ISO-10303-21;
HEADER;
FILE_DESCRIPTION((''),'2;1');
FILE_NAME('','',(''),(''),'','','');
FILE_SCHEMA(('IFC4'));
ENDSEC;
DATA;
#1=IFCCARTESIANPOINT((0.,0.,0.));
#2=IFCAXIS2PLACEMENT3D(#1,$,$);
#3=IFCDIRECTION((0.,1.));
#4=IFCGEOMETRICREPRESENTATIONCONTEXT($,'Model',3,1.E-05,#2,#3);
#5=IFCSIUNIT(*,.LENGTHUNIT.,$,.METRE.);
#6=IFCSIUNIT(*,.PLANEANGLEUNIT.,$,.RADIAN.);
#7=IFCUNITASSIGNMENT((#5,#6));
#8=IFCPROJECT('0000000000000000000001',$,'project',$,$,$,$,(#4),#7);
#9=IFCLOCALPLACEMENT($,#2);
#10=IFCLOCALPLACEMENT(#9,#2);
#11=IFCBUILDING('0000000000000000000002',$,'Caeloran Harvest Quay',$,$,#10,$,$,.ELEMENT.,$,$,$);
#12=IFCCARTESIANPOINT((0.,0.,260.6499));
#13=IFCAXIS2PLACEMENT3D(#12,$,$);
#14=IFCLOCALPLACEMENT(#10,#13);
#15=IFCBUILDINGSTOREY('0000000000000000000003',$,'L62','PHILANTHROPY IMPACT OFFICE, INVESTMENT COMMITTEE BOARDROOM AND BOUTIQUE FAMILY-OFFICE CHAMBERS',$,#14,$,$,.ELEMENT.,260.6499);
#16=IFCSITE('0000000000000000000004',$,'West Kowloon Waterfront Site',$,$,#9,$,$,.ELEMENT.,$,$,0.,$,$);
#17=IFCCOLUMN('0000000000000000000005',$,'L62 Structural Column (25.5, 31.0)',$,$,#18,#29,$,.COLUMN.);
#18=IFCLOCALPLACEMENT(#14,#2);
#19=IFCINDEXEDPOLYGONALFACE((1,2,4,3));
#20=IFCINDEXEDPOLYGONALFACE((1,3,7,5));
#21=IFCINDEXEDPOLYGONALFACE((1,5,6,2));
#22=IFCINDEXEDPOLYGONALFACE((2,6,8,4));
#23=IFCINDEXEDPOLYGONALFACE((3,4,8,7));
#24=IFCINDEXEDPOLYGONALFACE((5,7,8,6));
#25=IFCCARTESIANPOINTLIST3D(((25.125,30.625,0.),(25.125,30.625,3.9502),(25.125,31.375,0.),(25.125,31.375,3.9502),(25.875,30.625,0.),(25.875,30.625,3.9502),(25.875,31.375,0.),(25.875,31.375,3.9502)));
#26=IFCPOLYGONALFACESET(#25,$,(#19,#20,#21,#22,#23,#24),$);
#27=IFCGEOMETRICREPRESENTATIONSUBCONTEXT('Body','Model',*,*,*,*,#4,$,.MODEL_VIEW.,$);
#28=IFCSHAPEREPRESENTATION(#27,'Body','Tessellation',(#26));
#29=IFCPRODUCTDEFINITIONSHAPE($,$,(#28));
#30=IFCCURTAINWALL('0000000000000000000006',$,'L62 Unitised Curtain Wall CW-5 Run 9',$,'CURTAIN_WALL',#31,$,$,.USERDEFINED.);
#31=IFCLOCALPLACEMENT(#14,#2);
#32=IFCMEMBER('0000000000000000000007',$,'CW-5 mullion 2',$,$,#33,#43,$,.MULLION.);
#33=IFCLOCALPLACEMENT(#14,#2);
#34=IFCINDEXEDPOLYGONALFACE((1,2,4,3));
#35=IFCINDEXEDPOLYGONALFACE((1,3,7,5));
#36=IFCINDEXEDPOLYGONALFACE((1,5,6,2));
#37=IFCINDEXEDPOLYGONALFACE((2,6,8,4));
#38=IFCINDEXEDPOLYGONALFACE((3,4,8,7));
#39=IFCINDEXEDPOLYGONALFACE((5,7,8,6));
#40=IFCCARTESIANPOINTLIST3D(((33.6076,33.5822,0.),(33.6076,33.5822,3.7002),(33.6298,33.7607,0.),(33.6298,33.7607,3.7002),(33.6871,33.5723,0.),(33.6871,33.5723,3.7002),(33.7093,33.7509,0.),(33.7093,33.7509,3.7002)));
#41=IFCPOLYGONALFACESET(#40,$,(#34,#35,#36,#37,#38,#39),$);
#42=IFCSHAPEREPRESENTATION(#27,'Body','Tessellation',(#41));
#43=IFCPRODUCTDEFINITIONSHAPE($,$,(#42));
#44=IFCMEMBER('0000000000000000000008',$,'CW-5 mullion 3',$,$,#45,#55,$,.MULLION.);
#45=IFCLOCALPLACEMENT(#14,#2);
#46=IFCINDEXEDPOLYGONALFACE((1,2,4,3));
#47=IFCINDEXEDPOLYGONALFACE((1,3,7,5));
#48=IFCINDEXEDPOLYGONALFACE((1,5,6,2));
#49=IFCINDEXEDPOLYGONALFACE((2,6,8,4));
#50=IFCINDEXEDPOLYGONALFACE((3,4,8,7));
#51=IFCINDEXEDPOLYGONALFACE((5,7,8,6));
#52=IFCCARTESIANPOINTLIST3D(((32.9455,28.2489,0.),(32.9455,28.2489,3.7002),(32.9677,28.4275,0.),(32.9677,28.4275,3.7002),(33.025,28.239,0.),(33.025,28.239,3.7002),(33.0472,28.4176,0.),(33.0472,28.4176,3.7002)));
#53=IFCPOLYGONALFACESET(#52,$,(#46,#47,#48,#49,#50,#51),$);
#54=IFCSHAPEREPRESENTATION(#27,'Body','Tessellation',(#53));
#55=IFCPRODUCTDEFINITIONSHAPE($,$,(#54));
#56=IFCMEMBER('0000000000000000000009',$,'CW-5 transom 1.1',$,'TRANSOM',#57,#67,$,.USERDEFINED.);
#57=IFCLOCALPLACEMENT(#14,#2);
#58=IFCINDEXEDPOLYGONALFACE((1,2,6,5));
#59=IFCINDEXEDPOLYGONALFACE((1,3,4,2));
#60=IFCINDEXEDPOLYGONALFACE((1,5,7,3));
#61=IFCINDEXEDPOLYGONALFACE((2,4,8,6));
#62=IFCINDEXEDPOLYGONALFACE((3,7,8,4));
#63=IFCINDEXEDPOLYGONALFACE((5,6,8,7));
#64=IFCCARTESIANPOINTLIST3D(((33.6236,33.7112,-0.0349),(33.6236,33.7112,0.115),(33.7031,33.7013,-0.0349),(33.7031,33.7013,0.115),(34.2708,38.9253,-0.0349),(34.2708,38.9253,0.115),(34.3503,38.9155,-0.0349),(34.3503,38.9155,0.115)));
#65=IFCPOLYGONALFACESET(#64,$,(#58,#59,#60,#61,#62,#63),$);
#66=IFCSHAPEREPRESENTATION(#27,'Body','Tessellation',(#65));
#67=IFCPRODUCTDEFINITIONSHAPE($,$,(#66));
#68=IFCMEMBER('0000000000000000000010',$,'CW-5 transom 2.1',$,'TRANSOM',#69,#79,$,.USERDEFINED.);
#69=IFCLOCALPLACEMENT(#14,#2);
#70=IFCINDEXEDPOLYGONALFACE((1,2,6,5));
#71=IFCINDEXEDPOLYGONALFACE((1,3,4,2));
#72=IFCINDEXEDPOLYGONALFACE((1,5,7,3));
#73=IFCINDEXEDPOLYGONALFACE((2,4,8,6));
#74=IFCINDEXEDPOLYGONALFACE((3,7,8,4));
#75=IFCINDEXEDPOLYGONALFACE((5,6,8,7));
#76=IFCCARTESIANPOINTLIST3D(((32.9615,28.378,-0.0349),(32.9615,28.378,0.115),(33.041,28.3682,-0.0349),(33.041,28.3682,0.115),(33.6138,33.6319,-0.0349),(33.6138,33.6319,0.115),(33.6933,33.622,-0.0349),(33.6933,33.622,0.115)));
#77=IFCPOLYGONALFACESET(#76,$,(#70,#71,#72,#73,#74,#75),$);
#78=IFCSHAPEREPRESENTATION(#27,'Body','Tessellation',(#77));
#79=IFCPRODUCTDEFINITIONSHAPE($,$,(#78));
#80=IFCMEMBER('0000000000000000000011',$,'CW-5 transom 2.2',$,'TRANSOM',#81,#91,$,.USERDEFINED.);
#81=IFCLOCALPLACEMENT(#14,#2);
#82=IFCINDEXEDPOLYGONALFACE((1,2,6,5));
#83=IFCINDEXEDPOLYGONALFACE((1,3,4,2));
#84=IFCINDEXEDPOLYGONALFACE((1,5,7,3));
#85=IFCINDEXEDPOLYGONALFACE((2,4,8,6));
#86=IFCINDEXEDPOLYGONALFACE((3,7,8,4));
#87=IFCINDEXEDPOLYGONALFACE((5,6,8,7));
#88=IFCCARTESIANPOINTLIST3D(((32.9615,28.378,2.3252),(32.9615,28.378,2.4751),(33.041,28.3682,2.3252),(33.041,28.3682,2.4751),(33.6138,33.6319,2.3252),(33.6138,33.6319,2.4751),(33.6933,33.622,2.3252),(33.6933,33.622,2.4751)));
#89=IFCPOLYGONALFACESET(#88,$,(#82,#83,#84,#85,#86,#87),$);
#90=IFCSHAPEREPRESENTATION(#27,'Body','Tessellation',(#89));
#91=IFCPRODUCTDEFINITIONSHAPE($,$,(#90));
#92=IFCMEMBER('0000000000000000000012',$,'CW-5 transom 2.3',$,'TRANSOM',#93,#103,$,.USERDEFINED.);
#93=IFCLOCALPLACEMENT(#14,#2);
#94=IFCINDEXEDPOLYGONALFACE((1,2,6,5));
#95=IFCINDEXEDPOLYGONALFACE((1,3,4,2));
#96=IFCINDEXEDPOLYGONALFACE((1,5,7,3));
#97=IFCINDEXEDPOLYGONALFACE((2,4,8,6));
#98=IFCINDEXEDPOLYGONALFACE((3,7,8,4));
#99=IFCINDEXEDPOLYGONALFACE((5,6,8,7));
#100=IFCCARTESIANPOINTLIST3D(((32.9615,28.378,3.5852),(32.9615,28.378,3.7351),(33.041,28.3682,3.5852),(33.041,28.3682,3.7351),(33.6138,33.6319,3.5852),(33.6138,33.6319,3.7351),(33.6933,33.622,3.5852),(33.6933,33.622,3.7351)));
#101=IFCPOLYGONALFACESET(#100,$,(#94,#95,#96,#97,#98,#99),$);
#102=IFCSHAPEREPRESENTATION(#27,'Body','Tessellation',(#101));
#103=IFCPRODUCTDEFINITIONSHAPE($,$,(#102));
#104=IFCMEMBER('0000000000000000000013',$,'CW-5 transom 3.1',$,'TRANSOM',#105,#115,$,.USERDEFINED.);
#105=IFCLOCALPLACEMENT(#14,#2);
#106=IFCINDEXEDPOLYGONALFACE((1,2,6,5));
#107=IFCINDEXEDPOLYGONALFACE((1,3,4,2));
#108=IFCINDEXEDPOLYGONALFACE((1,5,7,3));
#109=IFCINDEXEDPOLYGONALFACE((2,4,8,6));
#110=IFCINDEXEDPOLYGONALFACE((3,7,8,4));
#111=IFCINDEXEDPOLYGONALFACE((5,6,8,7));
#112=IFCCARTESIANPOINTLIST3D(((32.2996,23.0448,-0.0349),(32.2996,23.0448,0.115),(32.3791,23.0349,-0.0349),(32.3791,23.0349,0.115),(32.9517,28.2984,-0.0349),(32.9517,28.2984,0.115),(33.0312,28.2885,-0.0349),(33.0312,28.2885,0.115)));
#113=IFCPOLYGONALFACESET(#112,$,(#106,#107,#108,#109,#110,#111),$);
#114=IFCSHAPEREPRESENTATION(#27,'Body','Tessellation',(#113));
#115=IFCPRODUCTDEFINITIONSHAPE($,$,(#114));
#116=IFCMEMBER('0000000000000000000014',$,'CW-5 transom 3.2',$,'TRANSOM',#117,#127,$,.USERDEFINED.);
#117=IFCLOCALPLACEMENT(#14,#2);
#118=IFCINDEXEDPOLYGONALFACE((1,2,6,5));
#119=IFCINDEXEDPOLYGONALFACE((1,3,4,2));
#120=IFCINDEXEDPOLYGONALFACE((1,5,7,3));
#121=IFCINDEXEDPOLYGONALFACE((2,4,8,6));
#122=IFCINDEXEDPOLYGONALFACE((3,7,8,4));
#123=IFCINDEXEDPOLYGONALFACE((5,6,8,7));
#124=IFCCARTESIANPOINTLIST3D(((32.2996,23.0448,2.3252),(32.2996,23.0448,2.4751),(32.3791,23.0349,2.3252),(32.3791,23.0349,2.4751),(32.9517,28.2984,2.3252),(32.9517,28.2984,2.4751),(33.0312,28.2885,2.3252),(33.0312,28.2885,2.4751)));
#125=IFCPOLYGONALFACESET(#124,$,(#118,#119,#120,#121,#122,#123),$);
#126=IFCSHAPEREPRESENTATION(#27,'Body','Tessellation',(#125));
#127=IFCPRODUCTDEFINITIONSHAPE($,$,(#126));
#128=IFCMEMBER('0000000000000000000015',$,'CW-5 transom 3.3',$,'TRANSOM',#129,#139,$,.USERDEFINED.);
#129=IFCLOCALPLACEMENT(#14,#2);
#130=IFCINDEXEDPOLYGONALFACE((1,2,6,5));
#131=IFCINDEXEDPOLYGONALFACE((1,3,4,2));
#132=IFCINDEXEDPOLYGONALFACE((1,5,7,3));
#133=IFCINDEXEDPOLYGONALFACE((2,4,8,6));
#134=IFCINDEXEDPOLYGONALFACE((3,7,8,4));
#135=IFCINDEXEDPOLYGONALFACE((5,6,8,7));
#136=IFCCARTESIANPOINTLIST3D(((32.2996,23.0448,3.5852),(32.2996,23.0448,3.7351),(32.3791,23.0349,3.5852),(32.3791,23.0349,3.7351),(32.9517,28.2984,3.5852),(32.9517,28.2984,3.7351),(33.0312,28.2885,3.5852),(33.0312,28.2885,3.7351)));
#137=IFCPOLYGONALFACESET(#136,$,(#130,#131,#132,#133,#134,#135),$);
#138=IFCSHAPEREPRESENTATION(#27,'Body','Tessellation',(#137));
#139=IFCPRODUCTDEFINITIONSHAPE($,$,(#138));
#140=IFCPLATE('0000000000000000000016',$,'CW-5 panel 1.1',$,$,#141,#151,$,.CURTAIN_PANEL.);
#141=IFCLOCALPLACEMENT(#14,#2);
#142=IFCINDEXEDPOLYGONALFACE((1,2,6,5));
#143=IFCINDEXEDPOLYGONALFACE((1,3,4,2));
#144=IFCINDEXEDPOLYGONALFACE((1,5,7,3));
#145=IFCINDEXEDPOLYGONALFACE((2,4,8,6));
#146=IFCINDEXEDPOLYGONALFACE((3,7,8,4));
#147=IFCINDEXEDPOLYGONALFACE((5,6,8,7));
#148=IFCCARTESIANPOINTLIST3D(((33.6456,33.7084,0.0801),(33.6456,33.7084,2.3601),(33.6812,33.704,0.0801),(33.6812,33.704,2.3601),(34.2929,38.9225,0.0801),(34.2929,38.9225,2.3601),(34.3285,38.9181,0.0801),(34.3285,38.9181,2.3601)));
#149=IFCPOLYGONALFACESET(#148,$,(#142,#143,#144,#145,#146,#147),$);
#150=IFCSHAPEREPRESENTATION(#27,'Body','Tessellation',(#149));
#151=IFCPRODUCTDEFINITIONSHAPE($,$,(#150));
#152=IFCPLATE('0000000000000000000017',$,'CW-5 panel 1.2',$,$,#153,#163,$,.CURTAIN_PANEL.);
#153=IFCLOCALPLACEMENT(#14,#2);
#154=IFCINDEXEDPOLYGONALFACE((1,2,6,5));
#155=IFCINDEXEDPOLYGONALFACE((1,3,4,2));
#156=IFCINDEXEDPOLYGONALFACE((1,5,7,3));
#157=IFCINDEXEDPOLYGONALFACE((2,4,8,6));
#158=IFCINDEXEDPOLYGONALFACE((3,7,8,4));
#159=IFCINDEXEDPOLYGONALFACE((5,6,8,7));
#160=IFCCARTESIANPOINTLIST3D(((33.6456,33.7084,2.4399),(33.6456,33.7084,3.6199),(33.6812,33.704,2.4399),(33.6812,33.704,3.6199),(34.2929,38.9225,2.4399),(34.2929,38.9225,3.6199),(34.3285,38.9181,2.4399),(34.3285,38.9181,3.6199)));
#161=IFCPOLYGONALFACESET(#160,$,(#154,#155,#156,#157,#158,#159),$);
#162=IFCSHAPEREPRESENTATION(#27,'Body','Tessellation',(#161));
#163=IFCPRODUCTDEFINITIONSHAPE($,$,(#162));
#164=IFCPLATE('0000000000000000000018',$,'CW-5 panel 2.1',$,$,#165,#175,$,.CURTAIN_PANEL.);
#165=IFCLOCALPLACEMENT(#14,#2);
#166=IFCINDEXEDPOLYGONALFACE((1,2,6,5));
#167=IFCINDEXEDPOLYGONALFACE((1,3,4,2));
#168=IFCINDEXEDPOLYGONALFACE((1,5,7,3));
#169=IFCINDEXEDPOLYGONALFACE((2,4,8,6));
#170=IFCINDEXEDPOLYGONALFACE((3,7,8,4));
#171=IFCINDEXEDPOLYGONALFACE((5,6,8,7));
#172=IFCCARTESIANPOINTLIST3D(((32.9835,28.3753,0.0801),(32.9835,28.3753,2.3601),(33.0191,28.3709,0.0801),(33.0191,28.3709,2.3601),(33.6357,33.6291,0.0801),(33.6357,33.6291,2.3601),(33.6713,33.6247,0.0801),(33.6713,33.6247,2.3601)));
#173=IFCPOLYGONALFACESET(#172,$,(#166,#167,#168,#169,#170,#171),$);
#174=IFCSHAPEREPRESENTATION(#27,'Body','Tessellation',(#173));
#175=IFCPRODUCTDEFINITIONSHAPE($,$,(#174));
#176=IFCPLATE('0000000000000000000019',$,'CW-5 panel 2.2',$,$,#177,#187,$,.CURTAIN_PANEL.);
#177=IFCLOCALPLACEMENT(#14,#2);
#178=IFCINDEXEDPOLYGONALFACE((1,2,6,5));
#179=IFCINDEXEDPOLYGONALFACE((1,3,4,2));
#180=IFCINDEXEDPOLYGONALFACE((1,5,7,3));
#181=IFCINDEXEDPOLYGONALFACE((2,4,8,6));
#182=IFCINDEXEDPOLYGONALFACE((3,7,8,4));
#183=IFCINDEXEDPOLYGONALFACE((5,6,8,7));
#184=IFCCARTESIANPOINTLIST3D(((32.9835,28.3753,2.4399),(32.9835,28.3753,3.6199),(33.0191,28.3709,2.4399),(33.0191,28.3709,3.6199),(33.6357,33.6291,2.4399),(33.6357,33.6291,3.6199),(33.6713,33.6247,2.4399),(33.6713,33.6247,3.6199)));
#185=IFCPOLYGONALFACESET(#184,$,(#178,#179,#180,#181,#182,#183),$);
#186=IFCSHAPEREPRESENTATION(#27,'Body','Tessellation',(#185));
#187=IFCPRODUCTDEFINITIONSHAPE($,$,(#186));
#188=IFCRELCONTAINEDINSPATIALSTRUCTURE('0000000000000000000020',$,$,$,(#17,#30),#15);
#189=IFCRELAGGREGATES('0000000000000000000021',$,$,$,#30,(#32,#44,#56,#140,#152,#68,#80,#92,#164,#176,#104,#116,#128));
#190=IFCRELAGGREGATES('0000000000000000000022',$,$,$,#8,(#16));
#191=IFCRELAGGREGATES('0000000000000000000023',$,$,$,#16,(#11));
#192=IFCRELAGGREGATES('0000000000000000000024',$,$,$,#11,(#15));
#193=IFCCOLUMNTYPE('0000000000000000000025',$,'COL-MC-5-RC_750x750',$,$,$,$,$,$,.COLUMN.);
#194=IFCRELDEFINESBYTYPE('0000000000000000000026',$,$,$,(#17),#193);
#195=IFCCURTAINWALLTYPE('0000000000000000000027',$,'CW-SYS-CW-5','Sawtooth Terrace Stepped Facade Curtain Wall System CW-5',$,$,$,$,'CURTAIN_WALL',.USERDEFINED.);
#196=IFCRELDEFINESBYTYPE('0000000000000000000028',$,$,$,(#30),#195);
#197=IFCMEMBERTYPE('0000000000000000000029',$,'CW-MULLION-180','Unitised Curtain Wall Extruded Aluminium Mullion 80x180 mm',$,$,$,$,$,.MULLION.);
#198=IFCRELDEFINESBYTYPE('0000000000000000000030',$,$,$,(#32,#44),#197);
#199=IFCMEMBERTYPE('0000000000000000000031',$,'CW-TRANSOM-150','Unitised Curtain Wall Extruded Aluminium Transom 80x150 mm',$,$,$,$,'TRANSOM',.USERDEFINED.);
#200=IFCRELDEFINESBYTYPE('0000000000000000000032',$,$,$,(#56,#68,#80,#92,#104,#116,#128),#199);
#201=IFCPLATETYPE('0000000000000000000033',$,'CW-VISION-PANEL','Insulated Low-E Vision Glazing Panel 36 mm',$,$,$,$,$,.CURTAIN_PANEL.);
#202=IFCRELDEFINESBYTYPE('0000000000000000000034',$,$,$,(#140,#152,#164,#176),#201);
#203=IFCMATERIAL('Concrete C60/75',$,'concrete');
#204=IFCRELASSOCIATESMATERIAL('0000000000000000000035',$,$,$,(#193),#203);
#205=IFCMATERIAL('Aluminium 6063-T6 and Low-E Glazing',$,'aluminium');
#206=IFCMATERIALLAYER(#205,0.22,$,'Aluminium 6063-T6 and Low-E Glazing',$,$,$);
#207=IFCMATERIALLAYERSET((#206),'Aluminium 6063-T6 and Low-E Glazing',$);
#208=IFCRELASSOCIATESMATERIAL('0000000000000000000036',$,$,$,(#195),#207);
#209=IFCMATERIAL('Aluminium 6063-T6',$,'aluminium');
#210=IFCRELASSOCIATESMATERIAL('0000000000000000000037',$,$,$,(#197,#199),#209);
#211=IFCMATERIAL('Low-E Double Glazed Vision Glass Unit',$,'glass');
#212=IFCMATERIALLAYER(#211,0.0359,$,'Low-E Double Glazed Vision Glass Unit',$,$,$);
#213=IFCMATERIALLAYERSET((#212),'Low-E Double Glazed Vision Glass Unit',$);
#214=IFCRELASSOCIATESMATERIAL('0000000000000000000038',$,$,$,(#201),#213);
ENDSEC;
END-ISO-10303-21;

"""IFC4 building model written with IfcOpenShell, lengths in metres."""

from ifc_helpers import new_model, si_unit, direction, frame, origin, origin_2d, place, context, subcontext, project, spatial, rectangle, extrude, material, layer, layer_set, material_profile, profile_set, type_object, element, aggregate, save


model = new_model("IFC4")

# Units and contexts
model_context = context("Model", 3, precision=1e-05, world=origin(), true_north=direction((0.0, 1.0)))
body_context = subcontext(model_context, "Body", "Model", "MODEL_VIEW")
ifc_project = project(units=[si_unit("LENGTHUNIT", "METRE"), si_unit("PLANEANGLEUNIT", "RADIAN")], contexts=[model_context])

# Site, building, storey
site_placement = place(None, origin())
site = spatial("IfcSite", under=ifc_project, at=site_placement, Name="West Kowloon Waterfront Site", CompositionType="ELEMENT", RefElevation=0.0)
building_placement = place(site_placement, origin())
building = spatial("IfcBuilding", under=site, at=building_placement, Name="Caeloran Harvest Quay", CompositionType="ELEMENT")
storey_placement = place(building_placement, frame((0.0, 0.0, 260.6499)))
storey = spatial("IfcBuildingStorey", under=building, at=storey_placement, Name="L62", Description="PHILANTHROPY IMPACT OFFICE, INVESTMENT COMMITTEE BOARDROOM AND BOUTIQUE FAMILY-OFFICE CHAMBERS", CompositionType="ELEMENT", Elevation=260.6499)

# Column
ifc_material_1 = material(Name="Concrete C60/75", Category="concrete")
ifc_material_profile_1 = material_profile(ifc_material_1, rectangle(XDim=0.75, YDim=0.75, at=origin_2d()), Name="RC 750x750")
ifc_profile_set_1 = profile_set([ifc_material_profile_1], Name="Concrete C60/75")
column_type = type_object("IfcColumnType", Name="COL-MC-5-RC_750x750", PredefinedType="COLUMN", material=ifc_profile_set_1)
column_placement = place(storey_placement, frame((25.5, 31.0, 0.0), z_axis=(0.0, 0.0, 1.0), x_axis=(1.0, 0.0, 0.0)))
element("IfcColumn", 1, at=column_placement, inside=storey, type_object=column_type, Name="L62 Structural Column (25.5, 31.0)", PredefinedType="COLUMN", context=body_context, shape_type="SweptSolid", body=[
    extrude(rectangle(XDim=0.75, YDim=0.75, at=origin_2d()), origin(), (0.0, 0.0, 1.0), 3.9502),
])

# Curtain wall, members, plates
ifc_material_2 = material(Name="Aluminium 6063-T6 and Low-E Glazing", Category="aluminium")
ifc_layer_1 = layer(ifc_material_2, 0.22, Name="Aluminium 6063-T6 and Low-E Glazing")
ifc_layer_set_1 = layer_set([ifc_layer_1], Name="Aluminium 6063-T6 and Low-E Glazing")
curtain_wall_type = type_object("IfcCurtainWallType", Name="CW-SYS-CW-5", Description="Sawtooth Terrace Stepped Facade Curtain Wall System CW-5", ElementType="CURTAIN_WALL", PredefinedType="USERDEFINED", material=ifc_layer_set_1)
curtain_wall_placement = place(storey_placement, origin())
curtain_wall = element("IfcCurtainWall", 2, at=curtain_wall_placement, inside=storey, type_object=curtain_wall_type, Name="L62 Unitised Curtain Wall CW-5 Run 9", ObjectType="CURTAIN_WALL", PredefinedType="USERDEFINED")
ifc_material_3 = material(Name="Aluminium 6063-T6", Category="aluminium")
ifc_material_profile_2 = material_profile(ifc_material_3, rectangle(XDim=0.0801, YDim=0.1799, at=origin_2d()), Name="CW-MULLION-180")
ifc_profile_set_2 = profile_set([ifc_material_profile_2], Name="Aluminium 6063-T6")
member_type_1 = type_object("IfcMemberType", Name="CW-MULLION-180", Description="Unitised Curtain Wall Extruded Aluminium Mullion 80x180 mm", PredefinedType="MULLION", material=ifc_profile_set_2)
member_1_placement = place(storey_placement, frame((33.6584, 33.6665, 0.0), z_axis=(0.0, 0.0, 1.0), x_axis=(0.992383, -0.12319, 0.0)))
member_1 = element("IfcMember", 3, at=member_1_placement, type_object=member_type_1, Name="CW-5 mullion 2", PredefinedType="MULLION", context=body_context, shape_type="SweptSolid", body=[
    extrude(rectangle(XDim=0.0801, YDim=0.1799, at=origin_2d()), origin(), (0.0, 0.0, 1.0), 3.7002),
])
member_2_placement = place(storey_placement, frame((32.9963, 28.3333, 0.0), z_axis=(0.0, 0.0, 1.0), x_axis=(0.992383, -0.12319, 0.0)))
member_2 = element("IfcMember", 4, at=member_2_placement, type_object=member_type_1, Name="CW-5 mullion 3", PredefinedType="MULLION", context=body_context, shape_type="SweptSolid", body=[
    extrude(rectangle(XDim=0.0801, YDim=0.1799, at=origin_2d()), origin(), (0.0, 0.0, 1.0), 3.7002),
])
ifc_material_profile_3 = material_profile(ifc_material_3, rectangle(XDim=0.0801, YDim=0.1499, at=origin_2d()), Name="CW-TRANSOM-150")
ifc_profile_set_3 = profile_set([ifc_material_profile_3], Name="Aluminium 6063-T6")
member_type_2 = type_object("IfcMemberType", Name="CW-TRANSOM-150", Description="Unitised Curtain Wall Extruded Aluminium Transom 80x150 mm", ElementType="TRANSOM", PredefinedType="USERDEFINED", material=ifc_profile_set_3)
member_3_placement = place(storey_placement, frame((34.3105, 38.9204, 0.04), z_axis=(-0.123183, -0.992384, 0.0), x_axis=(0.992384, -0.123183, 0.0)))
member_3 = element("IfcMember", 5, at=member_3_placement, type_object=member_type_2, Name="CW-5 transom 1.1", ObjectType="TRANSOM", PredefinedType="USERDEFINED", context=body_context, shape_type="SweptSolid", body=[
    extrude(rectangle(XDim=0.0801, YDim=0.1499, at=origin_2d()), origin(), (0.0, 0.0, 1.0), 5.2542),
])
member_4_placement = place(storey_placement, frame((33.6536, 33.627, 0.04), z_axis=(-0.123217, -0.99238, 0.0), x_axis=(0.99238, -0.123217, 0.0)))
member_4 = element("IfcMember", 6, at=member_4_placement, type_object=member_type_2, Name="CW-5 transom 2.1", ObjectType="TRANSOM", PredefinedType="USERDEFINED", context=body_context, shape_type="SweptSolid", body=[
    extrude(rectangle(XDim=0.0801, YDim=0.1499, at=origin_2d()), origin(), (0.0, 0.0, 1.0), 5.2942),
])
member_5_placement = place(storey_placement, frame((33.6536, 33.627, 2.4001), z_axis=(-0.123217, -0.99238, 0.0), x_axis=(0.99238, -0.123217, 0.0)))
member_5 = element("IfcMember", 7, at=member_5_placement, type_object=member_type_2, Name="CW-5 transom 2.2", ObjectType="TRANSOM", PredefinedType="USERDEFINED", context=body_context, shape_type="SweptSolid", body=[
    extrude(rectangle(XDim=0.0801, YDim=0.1499, at=origin_2d()), origin(), (0.0, 0.0, 1.0), 5.2942),
])
member_6_placement = place(storey_placement, frame((33.6536, 33.627, 3.6602), z_axis=(-0.123217, -0.99238, 0.0), x_axis=(0.99238, -0.123217, 0.0)))
member_6 = element("IfcMember", 8, at=member_6_placement, type_object=member_type_2, Name="CW-5 transom 2.3", ObjectType="TRANSOM", PredefinedType="USERDEFINED", context=body_context, shape_type="SweptSolid", body=[
    extrude(rectangle(XDim=0.0801, YDim=0.1499, at=origin_2d()), origin(), (0.0, 0.0, 1.0), 5.2942),
])
member_7_placement = place(storey_placement, frame((32.9915, 28.2935, 0.04), z_axis=(-0.123178, -0.992385, 0.0), x_axis=(0.992385, -0.123178, 0.0)))
member_7 = element("IfcMember", 9, at=member_7_placement, type_object=member_type_2, Name="CW-5 transom 3.1", ObjectType="TRANSOM", PredefinedType="USERDEFINED", context=body_context, shape_type="SweptSolid", body=[
    extrude(rectangle(XDim=0.0801, YDim=0.1499, at=origin_2d()), origin(), (0.0, 0.0, 1.0), 5.2939),
])
member_8_placement = place(storey_placement, frame((32.9915, 28.2935, 2.4001), z_axis=(-0.123178, -0.992385, 0.0), x_axis=(0.992385, -0.123178, 0.0)))
member_8 = element("IfcMember", 10, at=member_8_placement, type_object=member_type_2, Name="CW-5 transom 3.2", ObjectType="TRANSOM", PredefinedType="USERDEFINED", context=body_context, shape_type="SweptSolid", body=[
    extrude(rectangle(XDim=0.0801, YDim=0.1499, at=origin_2d()), origin(), (0.0, 0.0, 1.0), 5.2939),
])
member_9_placement = place(storey_placement, frame((32.9915, 28.2935, 3.6602), z_axis=(-0.123178, -0.992385, 0.0), x_axis=(0.992385, -0.123178, 0.0)))
member_9 = element("IfcMember", 11, at=member_9_placement, type_object=member_type_2, Name="CW-5 transom 3.3", ObjectType="TRANSOM", PredefinedType="USERDEFINED", context=body_context, shape_type="SweptSolid", body=[
    extrude(rectangle(XDim=0.0801, YDim=0.1499, at=origin_2d()), origin(), (0.0, 0.0, 1.0), 5.2939),
])
ifc_material_4 = material(Name="Low-E Double Glazed Vision Glass Unit", Category="glass")
ifc_layer_2 = layer(ifc_material_4, 0.0359, Name="Low-E Double Glazed Vision Glass Unit")
ifc_layer_set_2 = layer_set([ifc_layer_2], Name="Low-E Double Glazed Vision Glass Unit")
plate_type = type_object("IfcPlateType", Name="CW-VISION-PANEL", Description="Insulated Low-E Vision Glazing Panel 36 mm", PredefinedType="CURTAIN_PANEL", material=ifc_layer_set_2)
plate_1_placement = place(storey_placement, frame((33.9871, 36.3132, 0.0801), z_axis=(0.0, 0.0, 1.0), x_axis=(-0.12319, -0.992383, 0.0)))
plate_1 = element("IfcPlate", 12, at=plate_1_placement, type_object=plate_type, Name="CW-5 panel 1.1", PredefinedType="CURTAIN_PANEL", context=body_context, shape_type="SweptSolid", body=[
    extrude(rectangle(XDim=5.2542, YDim=0.0359, at=origin_2d()), origin(), (0.0, 0.0, 1.0), 2.28),
])
plate_2_placement = place(storey_placement, frame((33.9871, 36.3132, 2.4399), z_axis=(0.0, 0.0, 1.0), x_axis=(-0.12319, -0.992383, 0.0)))
plate_2 = element("IfcPlate", 13, at=plate_2_placement, type_object=plate_type, Name="CW-5 panel 1.2", PredefinedType="CURTAIN_PANEL", context=body_context, shape_type="SweptSolid", body=[
    extrude(rectangle(XDim=5.2542, YDim=0.0359, at=origin_2d()), origin(), (0.0, 0.0, 1.0), 1.1799),
])
plate_3_placement = place(storey_placement, frame((33.3274, 31.0, 0.0801), z_axis=(0.0, 0.0, 1.0), x_axis=(-0.12319, -0.992383, 0.0)))
plate_3 = element("IfcPlate", 14, at=plate_3_placement, type_object=plate_type, Name="CW-5 panel 2.1", PredefinedType="CURTAIN_PANEL", context=body_context, shape_type="SweptSolid", body=[
    extrude(rectangle(XDim=5.2942, YDim=0.0359, at=origin_2d()), origin(), (0.0, 0.0, 1.0), 2.28),
])
plate_4_placement = place(storey_placement, frame((33.3274, 31.0, 2.4399), z_axis=(0.0, 0.0, 1.0), x_axis=(-0.12319, -0.992383, 0.0)))
plate_4 = element("IfcPlate", 15, at=plate_4_placement, type_object=plate_type, Name="CW-5 panel 2.2", PredefinedType="CURTAIN_PANEL", context=body_context, shape_type="SweptSolid", body=[
    extrude(rectangle(XDim=5.2942, YDim=0.0359, at=origin_2d()), origin(), (0.0, 0.0, 1.0), 1.1799),
])
aggregate(curtain_wall, [member_1, member_2, member_3, plate_1, plate_2, member_4, member_5, member_6, plate_3, plate_4, member_7, member_8, member_9])

save(model, "model.ifc")
